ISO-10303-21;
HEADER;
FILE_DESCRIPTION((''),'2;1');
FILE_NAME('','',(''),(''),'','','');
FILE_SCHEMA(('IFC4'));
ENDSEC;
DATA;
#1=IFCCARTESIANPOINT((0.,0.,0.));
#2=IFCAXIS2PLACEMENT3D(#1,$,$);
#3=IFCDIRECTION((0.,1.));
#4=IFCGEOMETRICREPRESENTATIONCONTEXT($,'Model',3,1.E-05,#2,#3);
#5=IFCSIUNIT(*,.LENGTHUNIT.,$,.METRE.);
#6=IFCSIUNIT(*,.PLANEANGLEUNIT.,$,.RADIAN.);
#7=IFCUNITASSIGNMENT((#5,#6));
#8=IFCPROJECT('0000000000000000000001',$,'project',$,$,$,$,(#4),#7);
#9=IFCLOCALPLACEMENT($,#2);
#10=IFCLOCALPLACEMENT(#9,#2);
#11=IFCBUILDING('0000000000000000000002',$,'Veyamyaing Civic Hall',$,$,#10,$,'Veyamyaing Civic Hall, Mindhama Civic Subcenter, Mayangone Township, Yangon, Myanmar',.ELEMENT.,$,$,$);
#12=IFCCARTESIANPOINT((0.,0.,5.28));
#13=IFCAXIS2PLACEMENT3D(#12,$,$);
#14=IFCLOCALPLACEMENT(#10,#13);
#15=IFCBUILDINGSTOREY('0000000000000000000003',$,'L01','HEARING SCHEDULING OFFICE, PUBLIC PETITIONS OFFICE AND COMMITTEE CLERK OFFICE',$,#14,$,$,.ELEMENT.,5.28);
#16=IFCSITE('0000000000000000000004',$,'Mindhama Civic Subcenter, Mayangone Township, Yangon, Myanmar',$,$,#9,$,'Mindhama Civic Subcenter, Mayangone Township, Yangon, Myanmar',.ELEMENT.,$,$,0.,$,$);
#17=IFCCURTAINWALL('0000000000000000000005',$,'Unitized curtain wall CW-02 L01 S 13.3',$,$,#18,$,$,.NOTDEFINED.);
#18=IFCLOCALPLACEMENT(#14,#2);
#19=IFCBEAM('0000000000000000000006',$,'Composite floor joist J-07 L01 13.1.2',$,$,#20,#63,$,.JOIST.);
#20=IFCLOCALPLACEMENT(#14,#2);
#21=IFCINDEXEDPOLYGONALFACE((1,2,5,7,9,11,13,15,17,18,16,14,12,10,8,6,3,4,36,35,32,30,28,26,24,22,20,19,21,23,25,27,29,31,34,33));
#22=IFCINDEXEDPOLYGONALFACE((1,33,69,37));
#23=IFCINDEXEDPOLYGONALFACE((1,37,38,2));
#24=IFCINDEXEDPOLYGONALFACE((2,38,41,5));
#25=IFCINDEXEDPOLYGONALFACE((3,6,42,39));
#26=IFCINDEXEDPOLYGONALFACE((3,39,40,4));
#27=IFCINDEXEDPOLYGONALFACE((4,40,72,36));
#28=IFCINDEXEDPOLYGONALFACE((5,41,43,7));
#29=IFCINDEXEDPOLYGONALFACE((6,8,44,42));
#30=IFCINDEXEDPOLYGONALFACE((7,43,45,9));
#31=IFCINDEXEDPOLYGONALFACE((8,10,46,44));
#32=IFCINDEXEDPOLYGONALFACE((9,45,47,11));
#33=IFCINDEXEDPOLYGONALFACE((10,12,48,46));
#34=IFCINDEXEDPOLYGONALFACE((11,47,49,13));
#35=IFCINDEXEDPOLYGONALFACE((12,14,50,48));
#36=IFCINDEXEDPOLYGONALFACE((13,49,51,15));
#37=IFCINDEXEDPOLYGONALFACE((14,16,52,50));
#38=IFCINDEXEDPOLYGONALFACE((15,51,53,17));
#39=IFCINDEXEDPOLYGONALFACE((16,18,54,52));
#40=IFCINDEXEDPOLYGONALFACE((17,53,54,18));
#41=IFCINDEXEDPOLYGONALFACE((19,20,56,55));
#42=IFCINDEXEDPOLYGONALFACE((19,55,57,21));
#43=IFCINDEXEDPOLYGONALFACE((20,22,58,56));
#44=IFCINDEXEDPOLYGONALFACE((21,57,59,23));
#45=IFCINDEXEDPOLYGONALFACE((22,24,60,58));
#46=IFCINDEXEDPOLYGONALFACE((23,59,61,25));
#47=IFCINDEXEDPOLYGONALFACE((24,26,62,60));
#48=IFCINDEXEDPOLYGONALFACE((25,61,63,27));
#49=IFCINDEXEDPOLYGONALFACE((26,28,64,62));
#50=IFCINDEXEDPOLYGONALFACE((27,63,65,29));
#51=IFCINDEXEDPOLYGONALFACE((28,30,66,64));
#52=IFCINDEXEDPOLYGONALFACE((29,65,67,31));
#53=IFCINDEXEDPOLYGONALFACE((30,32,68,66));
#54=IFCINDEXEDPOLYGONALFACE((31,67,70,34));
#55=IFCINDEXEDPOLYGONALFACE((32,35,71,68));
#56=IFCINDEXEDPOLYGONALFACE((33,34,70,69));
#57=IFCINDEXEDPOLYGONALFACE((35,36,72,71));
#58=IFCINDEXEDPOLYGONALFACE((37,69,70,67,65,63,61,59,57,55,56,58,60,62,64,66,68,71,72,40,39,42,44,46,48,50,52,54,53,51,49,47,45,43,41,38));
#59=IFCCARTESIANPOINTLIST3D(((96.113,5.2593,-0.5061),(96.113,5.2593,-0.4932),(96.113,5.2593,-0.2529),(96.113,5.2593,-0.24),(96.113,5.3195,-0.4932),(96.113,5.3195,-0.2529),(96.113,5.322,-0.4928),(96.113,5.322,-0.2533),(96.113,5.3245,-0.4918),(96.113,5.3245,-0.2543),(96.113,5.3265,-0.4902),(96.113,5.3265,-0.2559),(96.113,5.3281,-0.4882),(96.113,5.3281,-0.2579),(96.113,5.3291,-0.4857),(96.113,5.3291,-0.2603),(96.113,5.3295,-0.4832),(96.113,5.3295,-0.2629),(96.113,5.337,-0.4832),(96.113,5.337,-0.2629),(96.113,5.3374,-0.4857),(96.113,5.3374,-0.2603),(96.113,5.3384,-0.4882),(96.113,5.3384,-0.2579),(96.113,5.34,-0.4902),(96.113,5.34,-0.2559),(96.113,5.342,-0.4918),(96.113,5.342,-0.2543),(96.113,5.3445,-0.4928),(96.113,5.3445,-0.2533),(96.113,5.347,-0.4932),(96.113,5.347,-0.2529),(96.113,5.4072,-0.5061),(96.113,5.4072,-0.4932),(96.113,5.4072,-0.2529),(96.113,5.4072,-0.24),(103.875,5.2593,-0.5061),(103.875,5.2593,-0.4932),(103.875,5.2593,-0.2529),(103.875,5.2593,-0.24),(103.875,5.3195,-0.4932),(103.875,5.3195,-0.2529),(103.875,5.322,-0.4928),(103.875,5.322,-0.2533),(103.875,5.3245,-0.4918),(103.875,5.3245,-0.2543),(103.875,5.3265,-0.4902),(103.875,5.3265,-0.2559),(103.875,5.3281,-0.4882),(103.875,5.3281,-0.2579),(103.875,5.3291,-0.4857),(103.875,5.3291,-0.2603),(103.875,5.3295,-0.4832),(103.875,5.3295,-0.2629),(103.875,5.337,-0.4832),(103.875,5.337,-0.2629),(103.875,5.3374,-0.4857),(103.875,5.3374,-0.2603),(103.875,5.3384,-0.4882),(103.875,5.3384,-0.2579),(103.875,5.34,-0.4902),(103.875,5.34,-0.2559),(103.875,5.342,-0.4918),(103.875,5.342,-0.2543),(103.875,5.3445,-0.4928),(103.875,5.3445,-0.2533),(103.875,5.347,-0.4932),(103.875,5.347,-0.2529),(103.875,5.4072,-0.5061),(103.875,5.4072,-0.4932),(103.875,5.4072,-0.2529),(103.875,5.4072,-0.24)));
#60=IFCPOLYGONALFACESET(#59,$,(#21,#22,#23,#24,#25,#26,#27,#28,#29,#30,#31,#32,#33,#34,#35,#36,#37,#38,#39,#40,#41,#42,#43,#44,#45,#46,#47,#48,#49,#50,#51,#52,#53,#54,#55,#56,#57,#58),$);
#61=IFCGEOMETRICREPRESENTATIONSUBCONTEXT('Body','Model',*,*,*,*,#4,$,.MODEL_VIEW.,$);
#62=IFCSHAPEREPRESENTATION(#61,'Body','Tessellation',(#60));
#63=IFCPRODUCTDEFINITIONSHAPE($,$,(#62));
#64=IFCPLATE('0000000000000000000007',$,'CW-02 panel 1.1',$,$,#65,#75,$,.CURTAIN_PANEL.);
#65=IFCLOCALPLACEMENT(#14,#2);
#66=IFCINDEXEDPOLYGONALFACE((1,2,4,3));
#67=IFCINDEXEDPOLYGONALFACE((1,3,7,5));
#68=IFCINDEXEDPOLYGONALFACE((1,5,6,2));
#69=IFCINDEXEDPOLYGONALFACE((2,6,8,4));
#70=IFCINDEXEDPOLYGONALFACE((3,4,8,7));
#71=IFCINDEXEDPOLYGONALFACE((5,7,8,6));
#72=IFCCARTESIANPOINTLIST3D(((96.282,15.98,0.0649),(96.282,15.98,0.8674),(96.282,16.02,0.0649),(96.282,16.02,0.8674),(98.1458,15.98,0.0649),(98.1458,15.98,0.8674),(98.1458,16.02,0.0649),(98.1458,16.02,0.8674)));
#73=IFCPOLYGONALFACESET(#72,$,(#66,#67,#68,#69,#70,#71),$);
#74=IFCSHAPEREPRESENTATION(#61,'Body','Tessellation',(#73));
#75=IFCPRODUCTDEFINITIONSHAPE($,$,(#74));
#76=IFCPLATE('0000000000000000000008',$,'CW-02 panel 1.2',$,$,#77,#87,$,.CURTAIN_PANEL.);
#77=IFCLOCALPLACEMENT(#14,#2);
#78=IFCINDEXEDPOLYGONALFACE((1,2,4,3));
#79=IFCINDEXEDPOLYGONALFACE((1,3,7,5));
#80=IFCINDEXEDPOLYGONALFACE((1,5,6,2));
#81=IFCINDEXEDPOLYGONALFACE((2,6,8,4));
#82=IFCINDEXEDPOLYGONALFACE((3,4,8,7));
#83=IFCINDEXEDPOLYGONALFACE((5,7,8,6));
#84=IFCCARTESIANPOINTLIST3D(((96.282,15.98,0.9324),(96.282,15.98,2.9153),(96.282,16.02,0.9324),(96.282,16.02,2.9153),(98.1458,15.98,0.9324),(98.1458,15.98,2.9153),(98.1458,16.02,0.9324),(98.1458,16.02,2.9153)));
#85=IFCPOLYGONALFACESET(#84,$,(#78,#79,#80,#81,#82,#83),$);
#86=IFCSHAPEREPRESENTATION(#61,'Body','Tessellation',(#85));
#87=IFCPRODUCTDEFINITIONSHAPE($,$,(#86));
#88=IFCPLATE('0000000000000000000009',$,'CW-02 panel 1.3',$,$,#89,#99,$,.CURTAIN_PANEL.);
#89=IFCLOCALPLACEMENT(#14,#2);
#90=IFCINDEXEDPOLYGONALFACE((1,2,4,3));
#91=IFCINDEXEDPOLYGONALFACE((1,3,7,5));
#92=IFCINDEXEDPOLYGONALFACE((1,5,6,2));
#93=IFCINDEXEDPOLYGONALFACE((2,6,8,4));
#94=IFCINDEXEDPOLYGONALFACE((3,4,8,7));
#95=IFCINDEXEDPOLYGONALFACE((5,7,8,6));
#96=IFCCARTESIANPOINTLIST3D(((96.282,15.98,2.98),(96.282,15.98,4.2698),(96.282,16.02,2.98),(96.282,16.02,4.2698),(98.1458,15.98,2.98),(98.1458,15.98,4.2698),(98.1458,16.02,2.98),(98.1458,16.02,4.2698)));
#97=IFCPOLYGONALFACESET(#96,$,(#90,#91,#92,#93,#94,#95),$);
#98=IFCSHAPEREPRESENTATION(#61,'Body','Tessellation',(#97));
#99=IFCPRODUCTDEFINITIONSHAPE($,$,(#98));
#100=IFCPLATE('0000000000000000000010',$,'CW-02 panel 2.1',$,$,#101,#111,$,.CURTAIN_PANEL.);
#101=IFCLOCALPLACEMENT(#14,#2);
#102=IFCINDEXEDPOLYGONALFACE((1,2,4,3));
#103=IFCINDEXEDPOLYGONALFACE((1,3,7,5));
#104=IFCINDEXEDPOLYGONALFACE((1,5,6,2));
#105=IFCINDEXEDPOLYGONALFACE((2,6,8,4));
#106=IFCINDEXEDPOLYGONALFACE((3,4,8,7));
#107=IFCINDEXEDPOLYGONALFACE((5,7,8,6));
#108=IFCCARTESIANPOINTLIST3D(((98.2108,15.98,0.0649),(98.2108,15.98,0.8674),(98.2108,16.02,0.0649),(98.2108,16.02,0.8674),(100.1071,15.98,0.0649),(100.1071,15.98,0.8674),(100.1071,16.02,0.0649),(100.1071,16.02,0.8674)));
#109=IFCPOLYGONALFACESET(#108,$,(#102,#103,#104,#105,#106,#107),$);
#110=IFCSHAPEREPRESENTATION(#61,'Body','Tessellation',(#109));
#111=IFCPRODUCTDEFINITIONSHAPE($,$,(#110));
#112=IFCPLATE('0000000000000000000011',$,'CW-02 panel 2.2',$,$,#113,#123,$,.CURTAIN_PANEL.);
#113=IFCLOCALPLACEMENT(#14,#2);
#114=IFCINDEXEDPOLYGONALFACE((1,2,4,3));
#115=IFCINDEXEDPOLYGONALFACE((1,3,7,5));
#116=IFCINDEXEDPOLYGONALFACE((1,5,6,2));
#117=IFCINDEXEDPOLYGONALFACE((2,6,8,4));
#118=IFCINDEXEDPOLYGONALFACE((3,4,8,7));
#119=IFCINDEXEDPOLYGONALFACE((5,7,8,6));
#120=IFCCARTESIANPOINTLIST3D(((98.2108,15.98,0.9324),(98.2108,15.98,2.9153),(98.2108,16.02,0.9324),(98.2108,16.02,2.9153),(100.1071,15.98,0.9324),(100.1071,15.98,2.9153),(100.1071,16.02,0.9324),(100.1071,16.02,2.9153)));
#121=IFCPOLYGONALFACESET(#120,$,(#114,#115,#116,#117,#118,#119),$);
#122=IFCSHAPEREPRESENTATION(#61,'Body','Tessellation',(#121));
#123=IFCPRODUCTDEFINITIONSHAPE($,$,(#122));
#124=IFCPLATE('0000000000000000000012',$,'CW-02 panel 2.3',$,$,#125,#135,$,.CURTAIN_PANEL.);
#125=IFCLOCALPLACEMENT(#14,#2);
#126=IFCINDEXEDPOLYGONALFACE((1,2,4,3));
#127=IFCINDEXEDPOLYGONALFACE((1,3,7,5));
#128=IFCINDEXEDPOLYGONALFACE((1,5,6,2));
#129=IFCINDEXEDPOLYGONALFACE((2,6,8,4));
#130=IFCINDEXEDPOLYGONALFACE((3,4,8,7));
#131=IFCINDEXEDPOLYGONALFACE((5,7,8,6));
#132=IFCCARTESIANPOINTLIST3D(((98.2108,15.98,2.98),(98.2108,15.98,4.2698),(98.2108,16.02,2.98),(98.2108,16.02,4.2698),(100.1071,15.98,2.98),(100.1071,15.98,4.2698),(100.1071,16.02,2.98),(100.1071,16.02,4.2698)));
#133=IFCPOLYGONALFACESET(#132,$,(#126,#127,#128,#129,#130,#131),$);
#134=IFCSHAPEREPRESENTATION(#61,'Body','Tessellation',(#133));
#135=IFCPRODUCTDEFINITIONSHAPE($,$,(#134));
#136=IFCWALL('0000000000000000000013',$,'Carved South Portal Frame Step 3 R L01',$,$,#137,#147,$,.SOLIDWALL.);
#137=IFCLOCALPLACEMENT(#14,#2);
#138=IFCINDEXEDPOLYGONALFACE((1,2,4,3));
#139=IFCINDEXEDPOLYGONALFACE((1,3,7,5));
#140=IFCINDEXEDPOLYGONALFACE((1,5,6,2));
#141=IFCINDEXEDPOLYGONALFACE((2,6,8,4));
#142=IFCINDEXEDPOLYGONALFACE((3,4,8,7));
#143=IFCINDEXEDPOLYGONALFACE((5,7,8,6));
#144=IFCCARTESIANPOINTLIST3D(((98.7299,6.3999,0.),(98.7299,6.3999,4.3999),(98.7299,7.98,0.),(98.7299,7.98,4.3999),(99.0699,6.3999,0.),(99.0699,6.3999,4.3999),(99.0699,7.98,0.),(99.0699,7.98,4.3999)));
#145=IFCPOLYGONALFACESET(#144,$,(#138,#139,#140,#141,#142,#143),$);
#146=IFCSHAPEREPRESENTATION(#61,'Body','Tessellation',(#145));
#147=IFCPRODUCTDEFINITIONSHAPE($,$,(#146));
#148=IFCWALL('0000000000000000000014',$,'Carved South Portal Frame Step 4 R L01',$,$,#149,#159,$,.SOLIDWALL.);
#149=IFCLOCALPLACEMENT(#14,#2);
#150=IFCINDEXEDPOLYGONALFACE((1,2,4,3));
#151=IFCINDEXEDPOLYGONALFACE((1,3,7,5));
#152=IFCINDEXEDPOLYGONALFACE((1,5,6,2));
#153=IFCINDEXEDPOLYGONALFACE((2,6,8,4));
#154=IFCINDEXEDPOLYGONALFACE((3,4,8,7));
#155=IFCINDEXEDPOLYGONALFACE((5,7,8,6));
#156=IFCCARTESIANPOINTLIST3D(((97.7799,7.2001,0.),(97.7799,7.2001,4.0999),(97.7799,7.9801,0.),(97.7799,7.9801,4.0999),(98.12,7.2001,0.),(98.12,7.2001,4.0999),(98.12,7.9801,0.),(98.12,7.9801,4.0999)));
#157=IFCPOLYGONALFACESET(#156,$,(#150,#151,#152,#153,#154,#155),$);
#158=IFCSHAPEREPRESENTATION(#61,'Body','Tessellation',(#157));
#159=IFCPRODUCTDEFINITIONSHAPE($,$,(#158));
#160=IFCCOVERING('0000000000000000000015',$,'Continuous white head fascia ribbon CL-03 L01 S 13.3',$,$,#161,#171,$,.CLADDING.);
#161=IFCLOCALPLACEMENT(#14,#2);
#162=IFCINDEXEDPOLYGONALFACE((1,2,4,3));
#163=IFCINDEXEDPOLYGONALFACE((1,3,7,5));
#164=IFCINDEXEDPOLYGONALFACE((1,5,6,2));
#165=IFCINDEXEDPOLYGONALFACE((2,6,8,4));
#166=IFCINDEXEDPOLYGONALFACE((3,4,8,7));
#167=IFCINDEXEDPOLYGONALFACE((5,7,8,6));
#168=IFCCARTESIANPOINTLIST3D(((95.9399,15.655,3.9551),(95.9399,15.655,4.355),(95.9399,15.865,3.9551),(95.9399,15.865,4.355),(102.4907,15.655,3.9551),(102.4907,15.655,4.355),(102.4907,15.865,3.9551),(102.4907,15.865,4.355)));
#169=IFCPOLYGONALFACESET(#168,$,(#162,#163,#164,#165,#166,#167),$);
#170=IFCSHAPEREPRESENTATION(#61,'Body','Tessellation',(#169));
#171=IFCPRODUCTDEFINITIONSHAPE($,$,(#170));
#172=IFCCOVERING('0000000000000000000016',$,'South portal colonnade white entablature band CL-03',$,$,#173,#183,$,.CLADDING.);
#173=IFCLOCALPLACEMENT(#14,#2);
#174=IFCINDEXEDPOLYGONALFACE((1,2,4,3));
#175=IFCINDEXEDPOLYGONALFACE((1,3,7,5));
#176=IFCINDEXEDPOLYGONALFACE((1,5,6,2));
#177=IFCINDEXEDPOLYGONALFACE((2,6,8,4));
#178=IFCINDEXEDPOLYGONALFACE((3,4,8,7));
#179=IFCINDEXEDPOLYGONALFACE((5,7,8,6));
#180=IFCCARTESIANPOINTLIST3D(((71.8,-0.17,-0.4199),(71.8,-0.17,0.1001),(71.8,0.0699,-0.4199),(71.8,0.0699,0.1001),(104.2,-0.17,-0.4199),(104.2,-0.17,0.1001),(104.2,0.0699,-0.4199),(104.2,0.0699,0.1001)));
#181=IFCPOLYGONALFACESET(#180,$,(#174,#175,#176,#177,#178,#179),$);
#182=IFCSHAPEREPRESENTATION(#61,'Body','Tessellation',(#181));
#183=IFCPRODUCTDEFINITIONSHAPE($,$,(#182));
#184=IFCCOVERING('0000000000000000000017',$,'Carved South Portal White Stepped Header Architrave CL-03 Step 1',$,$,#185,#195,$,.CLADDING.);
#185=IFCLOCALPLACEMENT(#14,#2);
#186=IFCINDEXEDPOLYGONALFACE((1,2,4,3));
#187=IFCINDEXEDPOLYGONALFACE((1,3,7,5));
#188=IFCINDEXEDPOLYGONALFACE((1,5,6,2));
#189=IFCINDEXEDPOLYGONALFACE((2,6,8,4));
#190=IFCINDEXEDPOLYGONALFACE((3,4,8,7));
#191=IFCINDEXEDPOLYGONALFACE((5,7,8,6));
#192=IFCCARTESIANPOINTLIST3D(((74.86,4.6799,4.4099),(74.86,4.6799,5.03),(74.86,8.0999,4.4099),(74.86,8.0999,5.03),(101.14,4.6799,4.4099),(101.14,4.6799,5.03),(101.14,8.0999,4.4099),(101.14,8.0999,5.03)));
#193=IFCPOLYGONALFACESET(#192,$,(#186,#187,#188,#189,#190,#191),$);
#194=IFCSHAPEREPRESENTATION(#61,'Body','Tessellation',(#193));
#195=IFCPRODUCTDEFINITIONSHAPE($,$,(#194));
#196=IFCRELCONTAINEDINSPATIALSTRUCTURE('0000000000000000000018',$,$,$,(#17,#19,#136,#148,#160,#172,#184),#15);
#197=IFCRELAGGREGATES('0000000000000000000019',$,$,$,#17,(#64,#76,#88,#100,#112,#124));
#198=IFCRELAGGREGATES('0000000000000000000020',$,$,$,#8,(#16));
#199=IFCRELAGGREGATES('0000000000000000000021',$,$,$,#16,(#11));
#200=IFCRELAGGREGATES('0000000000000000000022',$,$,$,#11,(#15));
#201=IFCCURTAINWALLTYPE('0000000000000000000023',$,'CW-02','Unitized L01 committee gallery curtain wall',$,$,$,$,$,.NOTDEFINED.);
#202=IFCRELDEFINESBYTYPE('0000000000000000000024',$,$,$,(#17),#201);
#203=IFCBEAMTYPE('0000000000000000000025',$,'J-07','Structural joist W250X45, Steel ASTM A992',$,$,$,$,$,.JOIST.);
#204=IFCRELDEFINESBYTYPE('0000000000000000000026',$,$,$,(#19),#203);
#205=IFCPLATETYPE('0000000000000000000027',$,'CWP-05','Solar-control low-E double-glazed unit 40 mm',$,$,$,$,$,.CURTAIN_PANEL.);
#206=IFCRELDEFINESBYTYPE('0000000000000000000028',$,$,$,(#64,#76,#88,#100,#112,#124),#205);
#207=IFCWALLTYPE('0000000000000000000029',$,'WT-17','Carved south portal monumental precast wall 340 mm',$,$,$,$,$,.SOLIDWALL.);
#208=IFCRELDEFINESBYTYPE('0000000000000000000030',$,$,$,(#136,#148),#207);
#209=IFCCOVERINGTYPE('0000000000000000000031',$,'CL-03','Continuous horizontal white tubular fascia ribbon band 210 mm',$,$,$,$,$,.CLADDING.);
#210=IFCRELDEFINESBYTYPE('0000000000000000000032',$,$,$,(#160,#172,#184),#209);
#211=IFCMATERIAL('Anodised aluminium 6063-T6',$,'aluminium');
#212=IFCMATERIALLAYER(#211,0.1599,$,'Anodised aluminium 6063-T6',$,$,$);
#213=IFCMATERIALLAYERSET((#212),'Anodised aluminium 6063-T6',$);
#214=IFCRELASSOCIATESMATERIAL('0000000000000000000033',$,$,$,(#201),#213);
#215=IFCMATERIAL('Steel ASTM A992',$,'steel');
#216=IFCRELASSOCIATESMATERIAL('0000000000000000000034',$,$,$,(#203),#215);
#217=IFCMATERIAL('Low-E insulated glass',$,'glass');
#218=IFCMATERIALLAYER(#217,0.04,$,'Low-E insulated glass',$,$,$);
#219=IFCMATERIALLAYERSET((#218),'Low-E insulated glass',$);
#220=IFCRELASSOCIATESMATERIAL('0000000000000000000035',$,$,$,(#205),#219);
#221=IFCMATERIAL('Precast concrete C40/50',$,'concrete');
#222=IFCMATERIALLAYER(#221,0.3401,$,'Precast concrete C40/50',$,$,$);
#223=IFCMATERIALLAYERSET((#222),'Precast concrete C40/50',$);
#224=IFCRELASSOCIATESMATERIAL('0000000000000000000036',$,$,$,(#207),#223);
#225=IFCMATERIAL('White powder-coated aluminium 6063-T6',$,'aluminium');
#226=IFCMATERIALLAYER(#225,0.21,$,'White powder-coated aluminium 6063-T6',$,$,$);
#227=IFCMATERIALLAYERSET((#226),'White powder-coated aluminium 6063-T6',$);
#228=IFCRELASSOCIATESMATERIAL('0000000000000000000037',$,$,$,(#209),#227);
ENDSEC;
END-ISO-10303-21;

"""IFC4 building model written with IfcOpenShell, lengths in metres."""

from ifc_helpers import new_model, si_unit, direction, frame, frame_2d, origin, origin_2d, place, context, subcontext, project, spatial, rectangle, i_section, extrude, material, layer, layer_set, material_profile, profile_set, type_object, element, aggregate, save


model = new_model("IFC4")

# Units and contexts
model_context = context("Model", 3, precision=1e-05, world=origin(), true_north=direction((0.0, 1.0)))
body_context = subcontext(model_context, "Body", "Model", "MODEL_VIEW")
ifc_project = project(units=[si_unit("LENGTHUNIT", "METRE"), si_unit("PLANEANGLEUNIT", "RADIAN")], contexts=[model_context])

# Site, building, storey
site_placement = place(None, origin())
site = spatial("IfcSite", under=ifc_project, at=site_placement, Name="Mindhama Civic Subcenter, Mayangone Township, Yangon, Myanmar", LongName="Mindhama Civic Subcenter, Mayangone Township, Yangon, Myanmar", CompositionType="ELEMENT", RefElevation=0.0)
building_placement = place(site_placement, origin())
building = spatial("IfcBuilding", under=site, at=building_placement, Name="Veyamyaing Civic Hall", LongName="Veyamyaing Civic Hall, Mindhama Civic Subcenter, Mayangone Township, Yangon, Myanmar", CompositionType="ELEMENT")
storey_placement = place(building_placement, frame((0.0, 0.0, 5.28)))
storey = spatial("IfcBuildingStorey", under=building, at=storey_placement, Name="L01", Description="HEARING SCHEDULING OFFICE, PUBLIC PETITIONS OFFICE AND COMMITTEE CLERK OFFICE", CompositionType="ELEMENT", Elevation=5.28)

# Shared definitions
ifc_material_1 = material(Name="Steel ASTM A992", Category="steel")

# Curtain wall
ifc_material_2 = material(Name="Anodised aluminium 6063-T6", Category="aluminium")
ifc_layer_1 = layer(ifc_material_2, 0.1599, Name="Anodised aluminium 6063-T6")
ifc_layer_set_1 = layer_set([ifc_layer_1], Name="Anodised aluminium 6063-T6")
curtain_wall_type = type_object("IfcCurtainWallType", Name="CW-02", Description="Unitized L01 committee gallery curtain wall", PredefinedType="NOTDEFINED", material=ifc_layer_set_1)
curtain_wall_1_placement = place(storey_placement, origin())
curtain_wall_1 = element("IfcCurtainWall", 1, at=curtain_wall_1_placement, inside=storey, type_object=curtain_wall_type, Name="Unitized curtain wall CW-02 L01 S 13.3", PredefinedType="NOTDEFINED")

# Beam
ifc_material_profile_1 = material_profile(ifc_material_1, i_section(OverallWidth=0.1479, OverallDepth=0.2661, WebThickness=0.0076, FlangeThickness=0.0129, FilletRadius=0.01, at=origin_2d()), Name="W250X45")
ifc_profile_set_1 = profile_set([ifc_material_profile_1], Name="Steel ASTM A992")
beam_type_1 = type_object("IfcBeamType", Name="J-07", Description="Structural joist W250X45, Steel ASTM A992", PredefinedType="JOIST", material=ifc_profile_set_1)
for number, where, z_axis, x_axis, name in (
    (2, (96.113, 5.3333, -0.373), (1.0, 0.0, 0.0), (0.0, 1.0, 0.0), "Composite floor joist J-07 L01 13.1.2"),
):
    element("IfcBeam", number, at=place(storey_placement, frame(where, z_axis=z_axis, x_axis=x_axis)), inside=storey, type_object=beam_type_1, Name=name, PredefinedType="JOIST", context=body_context, shape_type="SweptSolid", body=[
        extrude(i_section(OverallWidth=0.1479, OverallDepth=0.2661, WebThickness=0.0076, FlangeThickness=0.0129, FilletRadius=0.01, at=origin_2d()), origin(), (0.0, 0.0, 1.0), 7.762),
    ])

# Plates
ifc_material_3 = material(Name="Low-E insulated glass", Category="glass")
ifc_layer_2 = layer(ifc_material_3, 0.04, Name="Low-E insulated glass")
ifc_layer_set_2 = layer_set([ifc_layer_2], Name="Low-E insulated glass")
plate_type = type_object("IfcPlateType", Name="CWP-05", Description="Solar-control low-E double-glazed unit 40 mm", PredefinedType="CURTAIN_PANEL", material=ifc_layer_set_2)
plate_1_placement = place(storey_placement, frame((97.2139, 16.0, 0.0649), z_axis=(0.0, 0.0, 1.0), x_axis=(1.0, 0.0, 0.0)))
plate_1 = element("IfcPlate", 3, at=plate_1_placement, type_object=plate_type, Name="CW-02 panel 1.1", PredefinedType="CURTAIN_PANEL", context=body_context, shape_type="SweptSolid", body=[
    extrude(rectangle(XDim=1.8638, YDim=0.04, at=origin_2d()), origin(), (0.0, 0.0, 1.0), 0.8025),
])
plate_2_placement = place(storey_placement, frame((97.2139, 16.0, 0.9324), z_axis=(0.0, 0.0, 1.0), x_axis=(1.0, 0.0, 0.0)))
plate_2 = element("IfcPlate", 4, at=plate_2_placement, type_object=plate_type, Name="CW-02 panel 1.2", PredefinedType="CURTAIN_PANEL", context=body_context, shape_type="SweptSolid", body=[
    extrude(rectangle(XDim=1.8638, YDim=0.04, at=origin_2d()), origin(), (0.0, 0.0, 1.0), 1.9829),
])
plate_3_placement = place(storey_placement, frame((97.2139, 16.0, 2.98), z_axis=(0.0, 0.0, 1.0), x_axis=(1.0, 0.0, 0.0)))
plate_3 = element("IfcPlate", 5, at=plate_3_placement, type_object=plate_type, Name="CW-02 panel 1.3", PredefinedType="CURTAIN_PANEL", context=body_context, shape_type="SweptSolid", body=[
    extrude(rectangle(XDim=1.8638, YDim=0.04, at=origin_2d()), origin(), (0.0, 0.0, 1.0), 1.2898),
])
plate_4_placement = place(storey_placement, frame((99.1589, 16.0, 0.0649), z_axis=(0.0, 0.0, 1.0), x_axis=(1.0, 0.0, 0.0)))
plate_4 = element("IfcPlate", 6, at=plate_4_placement, type_object=plate_type, Name="CW-02 panel 2.1", PredefinedType="CURTAIN_PANEL", context=body_context, shape_type="SweptSolid", body=[
    extrude(rectangle(XDim=1.8962, YDim=0.04, at=origin_2d()), origin(), (0.0, 0.0, 1.0), 0.8025),
])
plate_5_placement = place(storey_placement, frame((99.1589, 16.0, 0.9324), z_axis=(0.0, 0.0, 1.0), x_axis=(1.0, 0.0, 0.0)))
plate_5 = element("IfcPlate", 7, at=plate_5_placement, type_object=plate_type, Name="CW-02 panel 2.2", PredefinedType="CURTAIN_PANEL", context=body_context, shape_type="SweptSolid", body=[
    extrude(rectangle(XDim=1.8962, YDim=0.04, at=origin_2d()), origin(), (0.0, 0.0, 1.0), 1.9829),
])
plate_6_placement = place(storey_placement, frame((99.1589, 16.0, 2.98), z_axis=(0.0, 0.0, 1.0), x_axis=(1.0, 0.0, 0.0)))
plate_6 = element("IfcPlate", 8, at=plate_6_placement, type_object=plate_type, Name="CW-02 panel 2.3", PredefinedType="CURTAIN_PANEL", context=body_context, shape_type="SweptSolid", body=[
    extrude(rectangle(XDim=1.8962, YDim=0.04, at=origin_2d()), origin(), (0.0, 0.0, 1.0), 1.2898),
])
aggregate(curtain_wall_1, [plate_1, plate_2, plate_3, plate_4, plate_5, plate_6])

# Walls
ifc_material_4 = material(Name="Precast concrete C40/50", Category="concrete")
ifc_layer_3 = layer(ifc_material_4, 0.3401, Name="Precast concrete C40/50")
ifc_layer_set_3 = layer_set([ifc_layer_3], Name="Precast concrete C40/50")
wall_type = type_object("IfcWallType", Name="WT-17", Description="Carved south portal monumental precast wall 340 mm", PredefinedType="SOLIDWALL", material=ifc_layer_set_3)
wall_1_placement = place(storey_placement, frame((98.8999, 6.3999, 0.0), z_axis=(0.0, 0.0, 1.0), x_axis=(0.0, 1.0, 0.0)))
element("IfcWall", 9, at=wall_1_placement, inside=storey, type_object=wall_type, Name="Carved South Portal Frame Step 3 R L01", PredefinedType="SOLIDWALL", context=body_context, shape_type="SweptSolid", body=[
    extrude(rectangle(XDim=1.5801, YDim=0.3401, at=frame_2d((0.79, 0.0))), origin(), (0.0, 0.0, 1.0), 4.3999),
])
wall_2_placement = place(storey_placement, frame((97.95, 7.2, 0.0), z_axis=(0.0, 0.0, 1.0), x_axis=(0.0, 1.0, 0.0)))
element("IfcWall", 10, at=wall_2_placement, inside=storey, type_object=wall_type, Name="Carved South Portal Frame Step 4 R L01", PredefinedType="SOLIDWALL", context=body_context, shape_type="SweptSolid", body=[
    extrude(rectangle(XDim=0.78, YDim=0.3401, at=frame_2d((0.3901, 0.0))), origin(), (0.0, 0.0, 1.0), 4.0999),
])

# Coverings
ifc_material_5 = material(Name="White powder-coated aluminium 6063-T6", Category="aluminium")
ifc_layer_4 = layer(ifc_material_5, 0.21, Name="White powder-coated aluminium 6063-T6")
ifc_layer_set_4 = layer_set([ifc_layer_4], Name="White powder-coated aluminium 6063-T6")
covering_type = type_object("IfcCoveringType", Name="CL-03", Description="Continuous horizontal white tubular fascia ribbon band 210 mm", PredefinedType="CLADDING", material=ifc_layer_set_4)
covering_1_placement = place(storey_placement, frame((99.2153, 15.76, 3.9551), z_axis=(0.0, 0.0, 1.0), x_axis=(1.0, 0.0, 0.0)))
element("IfcCovering", 11, at=covering_1_placement, inside=storey, type_object=covering_type, Name="Continuous white head fascia ribbon CL-03 L01 S 13.3", PredefinedType="CLADDING", context=body_context, shape_type="SweptSolid", body=[
    extrude(rectangle(XDim=6.5508, YDim=0.21, at=origin_2d()), origin(), (0.0, 0.0, 1.0), 0.3999),
])
covering_2_placement = place(storey_placement, frame((88.0, -0.05, -0.4199), z_axis=(0.0, 0.0, 1.0), x_axis=(1.0, 0.0, 0.0)))
element("IfcCovering", 12, at=covering_2_placement, inside=storey, type_object=covering_type, Name="South portal colonnade white entablature band CL-03", PredefinedType="CLADDING", context=body_context, shape_type="SweptSolid", body=[
    extrude(rectangle(XDim=32.3999, YDim=0.24, at=origin_2d()), origin(), (0.0, 0.0, 1.0), 0.52),
])
covering_3_placement = place(storey_placement, frame((88.0, 6.3899, 4.4099), z_axis=(0.0, 0.0, 1.0), x_axis=(1.0, 0.0, 0.0)))
element("IfcCovering", 13, at=covering_3_placement, inside=storey, type_object=covering_type, Name="Carved South Portal White Stepped Header Architrave CL-03 Step 1", PredefinedType="CLADDING", context=body_context, shape_type="SweptSolid", body=[
    extrude(rectangle(XDim=26.28, YDim=3.4199, at=origin_2d()), origin(), (0.0, 0.0, 1.0), 0.6201),
])

save(model, "model.ifc")
